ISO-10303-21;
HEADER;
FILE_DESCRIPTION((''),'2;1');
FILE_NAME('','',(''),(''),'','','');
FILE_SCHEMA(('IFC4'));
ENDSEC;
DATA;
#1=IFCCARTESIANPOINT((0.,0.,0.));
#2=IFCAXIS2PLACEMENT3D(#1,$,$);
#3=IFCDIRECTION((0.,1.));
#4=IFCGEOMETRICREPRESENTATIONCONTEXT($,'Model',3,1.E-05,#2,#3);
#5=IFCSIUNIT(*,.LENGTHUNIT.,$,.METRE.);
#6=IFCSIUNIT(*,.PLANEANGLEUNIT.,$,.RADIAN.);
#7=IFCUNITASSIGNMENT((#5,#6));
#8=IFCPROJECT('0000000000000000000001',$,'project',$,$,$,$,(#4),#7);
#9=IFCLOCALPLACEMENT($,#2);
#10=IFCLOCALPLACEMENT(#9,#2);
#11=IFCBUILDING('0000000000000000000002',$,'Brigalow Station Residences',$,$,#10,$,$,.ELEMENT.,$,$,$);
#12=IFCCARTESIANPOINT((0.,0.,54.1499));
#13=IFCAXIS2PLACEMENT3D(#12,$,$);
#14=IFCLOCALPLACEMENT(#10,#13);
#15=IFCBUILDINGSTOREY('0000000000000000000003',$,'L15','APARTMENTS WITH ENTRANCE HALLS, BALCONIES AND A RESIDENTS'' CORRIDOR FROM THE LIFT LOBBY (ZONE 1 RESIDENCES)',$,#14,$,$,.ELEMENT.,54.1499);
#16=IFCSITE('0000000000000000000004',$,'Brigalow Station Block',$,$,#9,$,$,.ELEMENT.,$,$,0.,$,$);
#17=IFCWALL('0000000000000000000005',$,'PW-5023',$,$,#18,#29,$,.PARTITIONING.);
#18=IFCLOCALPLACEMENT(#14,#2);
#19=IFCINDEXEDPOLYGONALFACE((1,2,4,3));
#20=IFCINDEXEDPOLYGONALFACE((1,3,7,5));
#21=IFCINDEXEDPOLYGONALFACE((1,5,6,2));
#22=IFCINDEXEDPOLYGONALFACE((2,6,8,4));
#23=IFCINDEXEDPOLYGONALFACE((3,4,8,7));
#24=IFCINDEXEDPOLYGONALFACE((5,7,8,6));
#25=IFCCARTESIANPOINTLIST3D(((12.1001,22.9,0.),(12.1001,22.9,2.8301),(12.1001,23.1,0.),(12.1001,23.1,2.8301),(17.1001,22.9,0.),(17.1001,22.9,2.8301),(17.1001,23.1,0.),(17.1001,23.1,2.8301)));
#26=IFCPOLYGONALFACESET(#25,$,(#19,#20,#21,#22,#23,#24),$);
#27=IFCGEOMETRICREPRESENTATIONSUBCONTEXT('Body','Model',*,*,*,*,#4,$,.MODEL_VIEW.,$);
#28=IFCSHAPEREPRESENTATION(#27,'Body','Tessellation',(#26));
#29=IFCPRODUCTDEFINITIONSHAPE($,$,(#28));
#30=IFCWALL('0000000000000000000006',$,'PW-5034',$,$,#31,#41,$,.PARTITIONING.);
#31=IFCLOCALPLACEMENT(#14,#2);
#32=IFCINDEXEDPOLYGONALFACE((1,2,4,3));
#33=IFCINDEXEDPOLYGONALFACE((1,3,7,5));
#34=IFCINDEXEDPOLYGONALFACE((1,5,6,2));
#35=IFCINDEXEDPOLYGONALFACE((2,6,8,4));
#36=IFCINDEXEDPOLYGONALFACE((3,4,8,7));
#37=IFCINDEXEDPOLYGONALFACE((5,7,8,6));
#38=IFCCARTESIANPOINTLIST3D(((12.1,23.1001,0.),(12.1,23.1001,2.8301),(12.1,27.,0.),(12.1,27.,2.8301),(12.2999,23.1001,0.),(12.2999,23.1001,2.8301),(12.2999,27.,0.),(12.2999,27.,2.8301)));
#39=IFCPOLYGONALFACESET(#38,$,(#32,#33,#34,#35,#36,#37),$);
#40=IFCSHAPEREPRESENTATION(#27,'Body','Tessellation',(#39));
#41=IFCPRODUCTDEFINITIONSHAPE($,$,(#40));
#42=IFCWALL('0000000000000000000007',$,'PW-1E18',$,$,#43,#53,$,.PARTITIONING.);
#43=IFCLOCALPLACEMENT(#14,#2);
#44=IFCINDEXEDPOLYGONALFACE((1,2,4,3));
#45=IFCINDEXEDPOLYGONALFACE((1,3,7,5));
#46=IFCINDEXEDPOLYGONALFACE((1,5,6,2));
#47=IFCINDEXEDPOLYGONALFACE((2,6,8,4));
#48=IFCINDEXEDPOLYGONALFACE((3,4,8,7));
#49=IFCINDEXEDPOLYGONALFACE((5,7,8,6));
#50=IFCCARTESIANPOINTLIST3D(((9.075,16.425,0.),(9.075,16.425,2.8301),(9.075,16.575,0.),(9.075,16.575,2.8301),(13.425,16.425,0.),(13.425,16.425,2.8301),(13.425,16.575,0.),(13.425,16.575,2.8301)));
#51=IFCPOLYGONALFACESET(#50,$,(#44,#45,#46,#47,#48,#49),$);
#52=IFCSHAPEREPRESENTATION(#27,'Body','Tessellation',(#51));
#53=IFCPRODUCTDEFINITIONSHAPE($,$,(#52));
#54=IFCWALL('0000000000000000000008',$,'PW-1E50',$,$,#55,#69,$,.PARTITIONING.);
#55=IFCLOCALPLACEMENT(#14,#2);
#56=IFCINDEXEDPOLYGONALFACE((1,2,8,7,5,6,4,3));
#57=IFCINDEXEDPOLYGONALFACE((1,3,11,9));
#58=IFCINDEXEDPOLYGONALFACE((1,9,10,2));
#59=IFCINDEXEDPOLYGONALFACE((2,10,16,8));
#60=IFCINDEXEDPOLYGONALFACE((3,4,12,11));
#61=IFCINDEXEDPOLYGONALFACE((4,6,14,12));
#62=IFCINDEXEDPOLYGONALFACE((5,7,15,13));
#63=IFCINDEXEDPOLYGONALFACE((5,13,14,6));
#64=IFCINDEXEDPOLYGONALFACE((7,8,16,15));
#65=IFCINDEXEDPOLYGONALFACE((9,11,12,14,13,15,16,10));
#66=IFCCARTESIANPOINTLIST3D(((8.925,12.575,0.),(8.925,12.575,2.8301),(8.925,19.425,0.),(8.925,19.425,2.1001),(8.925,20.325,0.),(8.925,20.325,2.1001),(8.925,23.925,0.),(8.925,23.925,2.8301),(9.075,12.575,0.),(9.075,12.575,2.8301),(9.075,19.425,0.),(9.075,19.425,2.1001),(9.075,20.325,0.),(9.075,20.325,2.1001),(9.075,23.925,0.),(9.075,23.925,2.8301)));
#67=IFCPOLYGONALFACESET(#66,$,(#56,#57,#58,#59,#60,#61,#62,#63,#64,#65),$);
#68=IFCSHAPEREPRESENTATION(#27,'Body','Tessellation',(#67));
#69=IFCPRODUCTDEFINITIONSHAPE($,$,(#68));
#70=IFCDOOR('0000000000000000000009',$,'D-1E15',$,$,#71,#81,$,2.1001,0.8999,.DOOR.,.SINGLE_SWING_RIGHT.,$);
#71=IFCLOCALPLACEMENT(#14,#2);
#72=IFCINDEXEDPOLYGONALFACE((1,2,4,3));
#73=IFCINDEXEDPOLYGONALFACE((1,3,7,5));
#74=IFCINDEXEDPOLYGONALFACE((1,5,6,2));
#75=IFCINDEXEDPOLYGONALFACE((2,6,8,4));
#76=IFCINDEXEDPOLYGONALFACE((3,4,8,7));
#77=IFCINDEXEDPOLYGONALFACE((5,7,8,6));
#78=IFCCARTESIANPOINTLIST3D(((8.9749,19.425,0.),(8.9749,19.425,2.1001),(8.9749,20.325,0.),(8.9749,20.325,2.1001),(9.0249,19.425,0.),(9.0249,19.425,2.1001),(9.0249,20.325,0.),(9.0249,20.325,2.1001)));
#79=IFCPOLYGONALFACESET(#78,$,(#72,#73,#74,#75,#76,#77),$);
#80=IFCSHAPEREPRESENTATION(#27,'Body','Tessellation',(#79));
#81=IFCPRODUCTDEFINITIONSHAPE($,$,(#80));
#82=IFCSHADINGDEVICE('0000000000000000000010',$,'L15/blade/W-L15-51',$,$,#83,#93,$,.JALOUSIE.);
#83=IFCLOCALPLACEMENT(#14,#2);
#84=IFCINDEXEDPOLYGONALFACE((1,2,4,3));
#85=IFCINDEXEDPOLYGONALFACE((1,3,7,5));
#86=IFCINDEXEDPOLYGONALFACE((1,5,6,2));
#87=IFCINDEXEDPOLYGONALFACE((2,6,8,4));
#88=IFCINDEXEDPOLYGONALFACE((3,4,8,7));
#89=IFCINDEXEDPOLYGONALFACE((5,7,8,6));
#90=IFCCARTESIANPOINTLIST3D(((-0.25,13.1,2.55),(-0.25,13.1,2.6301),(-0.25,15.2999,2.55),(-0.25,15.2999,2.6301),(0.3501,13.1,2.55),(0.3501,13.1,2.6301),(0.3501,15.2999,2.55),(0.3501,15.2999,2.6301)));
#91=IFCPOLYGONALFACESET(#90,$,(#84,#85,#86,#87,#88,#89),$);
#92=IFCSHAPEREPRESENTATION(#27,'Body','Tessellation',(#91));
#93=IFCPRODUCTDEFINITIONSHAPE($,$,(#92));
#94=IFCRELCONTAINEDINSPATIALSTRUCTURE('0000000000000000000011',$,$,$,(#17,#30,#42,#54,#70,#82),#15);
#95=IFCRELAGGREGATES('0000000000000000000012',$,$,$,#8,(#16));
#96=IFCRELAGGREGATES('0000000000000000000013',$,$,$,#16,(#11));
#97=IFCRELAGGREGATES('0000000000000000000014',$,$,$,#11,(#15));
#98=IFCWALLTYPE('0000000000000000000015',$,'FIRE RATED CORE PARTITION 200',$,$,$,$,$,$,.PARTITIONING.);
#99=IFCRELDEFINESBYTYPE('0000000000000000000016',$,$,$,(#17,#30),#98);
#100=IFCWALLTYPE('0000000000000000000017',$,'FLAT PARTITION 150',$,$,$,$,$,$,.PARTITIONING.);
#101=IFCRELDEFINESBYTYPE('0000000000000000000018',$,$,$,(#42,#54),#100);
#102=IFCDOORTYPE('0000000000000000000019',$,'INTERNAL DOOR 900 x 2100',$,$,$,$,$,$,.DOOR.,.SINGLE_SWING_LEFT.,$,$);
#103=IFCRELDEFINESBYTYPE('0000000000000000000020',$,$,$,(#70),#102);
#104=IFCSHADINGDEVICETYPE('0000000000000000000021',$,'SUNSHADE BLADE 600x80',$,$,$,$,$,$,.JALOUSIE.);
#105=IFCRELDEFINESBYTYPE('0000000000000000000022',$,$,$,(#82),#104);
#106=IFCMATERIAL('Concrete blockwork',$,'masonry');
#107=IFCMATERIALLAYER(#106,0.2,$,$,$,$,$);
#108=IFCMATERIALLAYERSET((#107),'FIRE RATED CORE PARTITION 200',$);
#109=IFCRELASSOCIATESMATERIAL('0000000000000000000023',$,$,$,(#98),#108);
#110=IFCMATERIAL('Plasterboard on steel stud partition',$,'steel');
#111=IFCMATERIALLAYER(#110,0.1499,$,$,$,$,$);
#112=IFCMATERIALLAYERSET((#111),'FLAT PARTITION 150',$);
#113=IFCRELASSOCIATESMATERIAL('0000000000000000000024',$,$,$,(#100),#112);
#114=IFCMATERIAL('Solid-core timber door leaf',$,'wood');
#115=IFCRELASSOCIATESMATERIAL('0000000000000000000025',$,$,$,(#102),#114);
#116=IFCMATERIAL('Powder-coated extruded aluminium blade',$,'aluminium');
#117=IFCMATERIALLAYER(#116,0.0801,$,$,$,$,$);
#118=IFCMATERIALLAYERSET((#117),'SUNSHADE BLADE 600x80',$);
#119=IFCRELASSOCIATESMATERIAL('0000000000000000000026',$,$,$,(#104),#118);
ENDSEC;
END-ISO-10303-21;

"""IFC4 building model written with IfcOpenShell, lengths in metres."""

from ifc_helpers import new_model, si_unit, direction, frame, frame_2d, origin, origin_2d, place, context, subcontext, project, spatial, rectangle, extrude, material, layer, layer_set, type_object, element, fill, save


model = new_model("IFC4")

# Units and contexts
model_context = context("Model", 3, precision=1e-05, world=origin(), true_north=direction((0.0, 1.0)))
body_context = subcontext(model_context, "Body", "Model", "MODEL_VIEW")
ifc_project = project(units=[si_unit("LENGTHUNIT", "METRE"), si_unit("PLANEANGLEUNIT", "RADIAN")], contexts=[model_context])

# Site, building, storey
site_placement = place(None, origin())
site = spatial("IfcSite", under=ifc_project, at=site_placement, Name="Brigalow Station Block", CompositionType="ELEMENT", RefElevation=0.0)
building_placement = place(site_placement, origin())
building = spatial("IfcBuilding", under=site, at=building_placement, Name="Brigalow Station Residences", CompositionType="ELEMENT")
storey_placement = place(building_placement, frame((0.0, 0.0, 54.1499)))
storey = spatial("IfcBuildingStorey", under=building, at=storey_placement, Name="L15", Description="APARTMENTS WITH ENTRANCE HALLS, BALCONIES AND A RESIDENTS' CORRIDOR FROM THE LIFT LOBBY (ZONE 1 RESIDENCES)", CompositionType="ELEMENT", Elevation=54.1499)

# Walls
ifc_material_1 = material(Name="Concrete blockwork", Category="masonry")
ifc_layer_1 = layer(ifc_material_1, 0.2)
ifc_layer_set_1 = layer_set([ifc_layer_1], Name="FIRE RATED CORE PARTITION 200")
wall_type_1 = type_object("IfcWallType", Name="FIRE RATED CORE PARTITION 200", PredefinedType="PARTITIONING", material=ifc_layer_set_1)
wall_1_placement = place(storey_placement, frame((12.1001, 23.0, 0.0), z_axis=(0.0, 0.0, 1.0), x_axis=(1.0, 0.0, 0.0)))
element("IfcWall", 1, at=wall_1_placement, inside=storey, type_object=wall_type_1, Name="PW-5023", PredefinedType="PARTITIONING", context=body_context, shape_type="SweptSolid", body=[
    extrude(rectangle(XDim=5.0, YDim=0.2, at=frame_2d((2.5, 0.0))), origin(), (0.0, 0.0, 1.0), 2.8301),
])
wall_2_placement = place(storey_placement, frame((12.2, 23.1001, 0.0), z_axis=(0.0, 0.0, 1.0), x_axis=(0.0, 1.0, 0.0)))
element("IfcWall", 2, at=wall_2_placement, inside=storey, type_object=wall_type_1, Name="PW-5034", PredefinedType="PARTITIONING", context=body_context, shape_type="SweptSolid", body=[
    extrude(rectangle(XDim=3.8999, YDim=0.2, at=frame_2d((1.95, 0.0))), origin(), (0.0, 0.0, 1.0), 2.8301),
])
ifc_material_2 = material(Name="Plasterboard on steel stud partition", Category="steel")
ifc_layer_2 = layer(ifc_material_2, 0.1499)
ifc_layer_set_2 = layer_set([ifc_layer_2], Name="FLAT PARTITION 150")
wall_type_2 = type_object("IfcWallType", Name="FLAT PARTITION 150", PredefinedType="PARTITIONING", material=ifc_layer_set_2)
wall_3_placement = place(storey_placement, frame((9.075, 16.5, 0.0), z_axis=(0.0, 0.0, 1.0), x_axis=(1.0, 0.0, 0.0)))
element("IfcWall", 3, at=wall_3_placement, inside=storey, type_object=wall_type_2, Name="PW-1E18", PredefinedType="PARTITIONING", context=body_context, shape_type="SweptSolid", body=[
    extrude(rectangle(XDim=4.3501, YDim=0.1499, at=frame_2d((2.175, 0.0))), origin(), (0.0, 0.0, 1.0), 2.8301),
])

# Wall, opening, door
wall_4_placement = place(storey_placement, frame((9.0, 12.575, 0.0), z_axis=(0.0, 0.0, 1.0), x_axis=(0.0, 1.0, 0.0)))
wall_4 = element("IfcWall", 4, at=wall_4_placement, inside=storey, type_object=wall_type_2, Name="PW-1E50", PredefinedType="PARTITIONING", context=body_context, shape_type="SweptSolid", body=[
    extrude(rectangle(XDim=11.3501, YDim=0.1499, at=frame_2d((5.675, 0.0))), origin(), (0.0, 0.0, 1.0), 2.8301),
])
opening_1_placement = place(wall_4_placement, frame((6.8501, 0.0, 0.0)))
opening_1 = element("IfcOpeningElement", 5, at=opening_1_placement, cuts=wall_4, PredefinedType="OPENING", context=body_context, shape_type="SweptSolid", body=[
    extrude(rectangle(XDim=0.8999, YDim=2.1001, at=frame_2d((0.45, 1.05))), frame((0.0, 0.085, 0.0), z_axis=(0.0, -1.0, 0.0), x_axis=(1.0, 0.0, 0.0)), (0.0, 0.0, 1.0), 0.1699),
])
ifc_material_3 = material(Name="Solid-core timber door leaf", Category="wood")
door_type_1 = type_object("IfcDoorType", Name="INTERNAL DOOR 900 x 2100", OperationType="SINGLE_SWING_LEFT", PredefinedType="DOOR", material=ifc_material_3)
door_1_placement = place(opening_1_placement, frame((0.8999, 0.0, 0.0), z_axis=(0.0, 0.0, 1.0), x_axis=(-1.0, 0.0, 0.0)))
door_1 = element("IfcDoor", 6, at=door_1_placement, inside=storey, type_object=door_type_1, Name="D-1E15", OperationType="SINGLE_SWING_RIGHT", OverallHeight=2.1001, OverallWidth=0.8999, PredefinedType="DOOR", context=body_context, shape_type="SweptSolid", body=[
    extrude(rectangle(XDim=0.8999, YDim=2.1001, at=frame_2d((0.45, 1.05))), frame((0.0, 0.0249, 0.0), z_axis=(0.0, -1.0, 0.0), x_axis=(1.0, 0.0, 0.0)), (0.0, 0.0, 1.0), 0.05),
])
fill(opening_1, door_1)

# Shading device
ifc_material_4 = material(Name="Powder-coated extruded aluminium blade", Category="aluminium")
ifc_layer_3 = layer(ifc_material_4, 0.0801)
ifc_layer_set_3 = layer_set([ifc_layer_3], Name="SUNSHADE BLADE 600x80")
shading_device_type = type_object("IfcShadingDeviceType", Name="SUNSHADE BLADE 600x80", PredefinedType="JALOUSIE", material=ifc_layer_set_3)
shading_device_placement = place(storey_placement, frame((0.05, 14.2, 2.55), z_axis=(0.0, 0.0, 1.0), x_axis=(0.0, -1.0, 0.0)))
element("IfcShadingDevice", 7, at=shading_device_placement, inside=storey, type_object=shading_device_type, Name="L15/blade/W-L15-51", PredefinedType="JALOUSIE", context=body_context, shape_type="SweptSolid", body=[
    extrude(rectangle(XDim=2.2, YDim=0.6001, at=origin_2d()), origin(), (0.0, 0.0, 1.0), 0.0801),
])

save(model, "model.ifc")
